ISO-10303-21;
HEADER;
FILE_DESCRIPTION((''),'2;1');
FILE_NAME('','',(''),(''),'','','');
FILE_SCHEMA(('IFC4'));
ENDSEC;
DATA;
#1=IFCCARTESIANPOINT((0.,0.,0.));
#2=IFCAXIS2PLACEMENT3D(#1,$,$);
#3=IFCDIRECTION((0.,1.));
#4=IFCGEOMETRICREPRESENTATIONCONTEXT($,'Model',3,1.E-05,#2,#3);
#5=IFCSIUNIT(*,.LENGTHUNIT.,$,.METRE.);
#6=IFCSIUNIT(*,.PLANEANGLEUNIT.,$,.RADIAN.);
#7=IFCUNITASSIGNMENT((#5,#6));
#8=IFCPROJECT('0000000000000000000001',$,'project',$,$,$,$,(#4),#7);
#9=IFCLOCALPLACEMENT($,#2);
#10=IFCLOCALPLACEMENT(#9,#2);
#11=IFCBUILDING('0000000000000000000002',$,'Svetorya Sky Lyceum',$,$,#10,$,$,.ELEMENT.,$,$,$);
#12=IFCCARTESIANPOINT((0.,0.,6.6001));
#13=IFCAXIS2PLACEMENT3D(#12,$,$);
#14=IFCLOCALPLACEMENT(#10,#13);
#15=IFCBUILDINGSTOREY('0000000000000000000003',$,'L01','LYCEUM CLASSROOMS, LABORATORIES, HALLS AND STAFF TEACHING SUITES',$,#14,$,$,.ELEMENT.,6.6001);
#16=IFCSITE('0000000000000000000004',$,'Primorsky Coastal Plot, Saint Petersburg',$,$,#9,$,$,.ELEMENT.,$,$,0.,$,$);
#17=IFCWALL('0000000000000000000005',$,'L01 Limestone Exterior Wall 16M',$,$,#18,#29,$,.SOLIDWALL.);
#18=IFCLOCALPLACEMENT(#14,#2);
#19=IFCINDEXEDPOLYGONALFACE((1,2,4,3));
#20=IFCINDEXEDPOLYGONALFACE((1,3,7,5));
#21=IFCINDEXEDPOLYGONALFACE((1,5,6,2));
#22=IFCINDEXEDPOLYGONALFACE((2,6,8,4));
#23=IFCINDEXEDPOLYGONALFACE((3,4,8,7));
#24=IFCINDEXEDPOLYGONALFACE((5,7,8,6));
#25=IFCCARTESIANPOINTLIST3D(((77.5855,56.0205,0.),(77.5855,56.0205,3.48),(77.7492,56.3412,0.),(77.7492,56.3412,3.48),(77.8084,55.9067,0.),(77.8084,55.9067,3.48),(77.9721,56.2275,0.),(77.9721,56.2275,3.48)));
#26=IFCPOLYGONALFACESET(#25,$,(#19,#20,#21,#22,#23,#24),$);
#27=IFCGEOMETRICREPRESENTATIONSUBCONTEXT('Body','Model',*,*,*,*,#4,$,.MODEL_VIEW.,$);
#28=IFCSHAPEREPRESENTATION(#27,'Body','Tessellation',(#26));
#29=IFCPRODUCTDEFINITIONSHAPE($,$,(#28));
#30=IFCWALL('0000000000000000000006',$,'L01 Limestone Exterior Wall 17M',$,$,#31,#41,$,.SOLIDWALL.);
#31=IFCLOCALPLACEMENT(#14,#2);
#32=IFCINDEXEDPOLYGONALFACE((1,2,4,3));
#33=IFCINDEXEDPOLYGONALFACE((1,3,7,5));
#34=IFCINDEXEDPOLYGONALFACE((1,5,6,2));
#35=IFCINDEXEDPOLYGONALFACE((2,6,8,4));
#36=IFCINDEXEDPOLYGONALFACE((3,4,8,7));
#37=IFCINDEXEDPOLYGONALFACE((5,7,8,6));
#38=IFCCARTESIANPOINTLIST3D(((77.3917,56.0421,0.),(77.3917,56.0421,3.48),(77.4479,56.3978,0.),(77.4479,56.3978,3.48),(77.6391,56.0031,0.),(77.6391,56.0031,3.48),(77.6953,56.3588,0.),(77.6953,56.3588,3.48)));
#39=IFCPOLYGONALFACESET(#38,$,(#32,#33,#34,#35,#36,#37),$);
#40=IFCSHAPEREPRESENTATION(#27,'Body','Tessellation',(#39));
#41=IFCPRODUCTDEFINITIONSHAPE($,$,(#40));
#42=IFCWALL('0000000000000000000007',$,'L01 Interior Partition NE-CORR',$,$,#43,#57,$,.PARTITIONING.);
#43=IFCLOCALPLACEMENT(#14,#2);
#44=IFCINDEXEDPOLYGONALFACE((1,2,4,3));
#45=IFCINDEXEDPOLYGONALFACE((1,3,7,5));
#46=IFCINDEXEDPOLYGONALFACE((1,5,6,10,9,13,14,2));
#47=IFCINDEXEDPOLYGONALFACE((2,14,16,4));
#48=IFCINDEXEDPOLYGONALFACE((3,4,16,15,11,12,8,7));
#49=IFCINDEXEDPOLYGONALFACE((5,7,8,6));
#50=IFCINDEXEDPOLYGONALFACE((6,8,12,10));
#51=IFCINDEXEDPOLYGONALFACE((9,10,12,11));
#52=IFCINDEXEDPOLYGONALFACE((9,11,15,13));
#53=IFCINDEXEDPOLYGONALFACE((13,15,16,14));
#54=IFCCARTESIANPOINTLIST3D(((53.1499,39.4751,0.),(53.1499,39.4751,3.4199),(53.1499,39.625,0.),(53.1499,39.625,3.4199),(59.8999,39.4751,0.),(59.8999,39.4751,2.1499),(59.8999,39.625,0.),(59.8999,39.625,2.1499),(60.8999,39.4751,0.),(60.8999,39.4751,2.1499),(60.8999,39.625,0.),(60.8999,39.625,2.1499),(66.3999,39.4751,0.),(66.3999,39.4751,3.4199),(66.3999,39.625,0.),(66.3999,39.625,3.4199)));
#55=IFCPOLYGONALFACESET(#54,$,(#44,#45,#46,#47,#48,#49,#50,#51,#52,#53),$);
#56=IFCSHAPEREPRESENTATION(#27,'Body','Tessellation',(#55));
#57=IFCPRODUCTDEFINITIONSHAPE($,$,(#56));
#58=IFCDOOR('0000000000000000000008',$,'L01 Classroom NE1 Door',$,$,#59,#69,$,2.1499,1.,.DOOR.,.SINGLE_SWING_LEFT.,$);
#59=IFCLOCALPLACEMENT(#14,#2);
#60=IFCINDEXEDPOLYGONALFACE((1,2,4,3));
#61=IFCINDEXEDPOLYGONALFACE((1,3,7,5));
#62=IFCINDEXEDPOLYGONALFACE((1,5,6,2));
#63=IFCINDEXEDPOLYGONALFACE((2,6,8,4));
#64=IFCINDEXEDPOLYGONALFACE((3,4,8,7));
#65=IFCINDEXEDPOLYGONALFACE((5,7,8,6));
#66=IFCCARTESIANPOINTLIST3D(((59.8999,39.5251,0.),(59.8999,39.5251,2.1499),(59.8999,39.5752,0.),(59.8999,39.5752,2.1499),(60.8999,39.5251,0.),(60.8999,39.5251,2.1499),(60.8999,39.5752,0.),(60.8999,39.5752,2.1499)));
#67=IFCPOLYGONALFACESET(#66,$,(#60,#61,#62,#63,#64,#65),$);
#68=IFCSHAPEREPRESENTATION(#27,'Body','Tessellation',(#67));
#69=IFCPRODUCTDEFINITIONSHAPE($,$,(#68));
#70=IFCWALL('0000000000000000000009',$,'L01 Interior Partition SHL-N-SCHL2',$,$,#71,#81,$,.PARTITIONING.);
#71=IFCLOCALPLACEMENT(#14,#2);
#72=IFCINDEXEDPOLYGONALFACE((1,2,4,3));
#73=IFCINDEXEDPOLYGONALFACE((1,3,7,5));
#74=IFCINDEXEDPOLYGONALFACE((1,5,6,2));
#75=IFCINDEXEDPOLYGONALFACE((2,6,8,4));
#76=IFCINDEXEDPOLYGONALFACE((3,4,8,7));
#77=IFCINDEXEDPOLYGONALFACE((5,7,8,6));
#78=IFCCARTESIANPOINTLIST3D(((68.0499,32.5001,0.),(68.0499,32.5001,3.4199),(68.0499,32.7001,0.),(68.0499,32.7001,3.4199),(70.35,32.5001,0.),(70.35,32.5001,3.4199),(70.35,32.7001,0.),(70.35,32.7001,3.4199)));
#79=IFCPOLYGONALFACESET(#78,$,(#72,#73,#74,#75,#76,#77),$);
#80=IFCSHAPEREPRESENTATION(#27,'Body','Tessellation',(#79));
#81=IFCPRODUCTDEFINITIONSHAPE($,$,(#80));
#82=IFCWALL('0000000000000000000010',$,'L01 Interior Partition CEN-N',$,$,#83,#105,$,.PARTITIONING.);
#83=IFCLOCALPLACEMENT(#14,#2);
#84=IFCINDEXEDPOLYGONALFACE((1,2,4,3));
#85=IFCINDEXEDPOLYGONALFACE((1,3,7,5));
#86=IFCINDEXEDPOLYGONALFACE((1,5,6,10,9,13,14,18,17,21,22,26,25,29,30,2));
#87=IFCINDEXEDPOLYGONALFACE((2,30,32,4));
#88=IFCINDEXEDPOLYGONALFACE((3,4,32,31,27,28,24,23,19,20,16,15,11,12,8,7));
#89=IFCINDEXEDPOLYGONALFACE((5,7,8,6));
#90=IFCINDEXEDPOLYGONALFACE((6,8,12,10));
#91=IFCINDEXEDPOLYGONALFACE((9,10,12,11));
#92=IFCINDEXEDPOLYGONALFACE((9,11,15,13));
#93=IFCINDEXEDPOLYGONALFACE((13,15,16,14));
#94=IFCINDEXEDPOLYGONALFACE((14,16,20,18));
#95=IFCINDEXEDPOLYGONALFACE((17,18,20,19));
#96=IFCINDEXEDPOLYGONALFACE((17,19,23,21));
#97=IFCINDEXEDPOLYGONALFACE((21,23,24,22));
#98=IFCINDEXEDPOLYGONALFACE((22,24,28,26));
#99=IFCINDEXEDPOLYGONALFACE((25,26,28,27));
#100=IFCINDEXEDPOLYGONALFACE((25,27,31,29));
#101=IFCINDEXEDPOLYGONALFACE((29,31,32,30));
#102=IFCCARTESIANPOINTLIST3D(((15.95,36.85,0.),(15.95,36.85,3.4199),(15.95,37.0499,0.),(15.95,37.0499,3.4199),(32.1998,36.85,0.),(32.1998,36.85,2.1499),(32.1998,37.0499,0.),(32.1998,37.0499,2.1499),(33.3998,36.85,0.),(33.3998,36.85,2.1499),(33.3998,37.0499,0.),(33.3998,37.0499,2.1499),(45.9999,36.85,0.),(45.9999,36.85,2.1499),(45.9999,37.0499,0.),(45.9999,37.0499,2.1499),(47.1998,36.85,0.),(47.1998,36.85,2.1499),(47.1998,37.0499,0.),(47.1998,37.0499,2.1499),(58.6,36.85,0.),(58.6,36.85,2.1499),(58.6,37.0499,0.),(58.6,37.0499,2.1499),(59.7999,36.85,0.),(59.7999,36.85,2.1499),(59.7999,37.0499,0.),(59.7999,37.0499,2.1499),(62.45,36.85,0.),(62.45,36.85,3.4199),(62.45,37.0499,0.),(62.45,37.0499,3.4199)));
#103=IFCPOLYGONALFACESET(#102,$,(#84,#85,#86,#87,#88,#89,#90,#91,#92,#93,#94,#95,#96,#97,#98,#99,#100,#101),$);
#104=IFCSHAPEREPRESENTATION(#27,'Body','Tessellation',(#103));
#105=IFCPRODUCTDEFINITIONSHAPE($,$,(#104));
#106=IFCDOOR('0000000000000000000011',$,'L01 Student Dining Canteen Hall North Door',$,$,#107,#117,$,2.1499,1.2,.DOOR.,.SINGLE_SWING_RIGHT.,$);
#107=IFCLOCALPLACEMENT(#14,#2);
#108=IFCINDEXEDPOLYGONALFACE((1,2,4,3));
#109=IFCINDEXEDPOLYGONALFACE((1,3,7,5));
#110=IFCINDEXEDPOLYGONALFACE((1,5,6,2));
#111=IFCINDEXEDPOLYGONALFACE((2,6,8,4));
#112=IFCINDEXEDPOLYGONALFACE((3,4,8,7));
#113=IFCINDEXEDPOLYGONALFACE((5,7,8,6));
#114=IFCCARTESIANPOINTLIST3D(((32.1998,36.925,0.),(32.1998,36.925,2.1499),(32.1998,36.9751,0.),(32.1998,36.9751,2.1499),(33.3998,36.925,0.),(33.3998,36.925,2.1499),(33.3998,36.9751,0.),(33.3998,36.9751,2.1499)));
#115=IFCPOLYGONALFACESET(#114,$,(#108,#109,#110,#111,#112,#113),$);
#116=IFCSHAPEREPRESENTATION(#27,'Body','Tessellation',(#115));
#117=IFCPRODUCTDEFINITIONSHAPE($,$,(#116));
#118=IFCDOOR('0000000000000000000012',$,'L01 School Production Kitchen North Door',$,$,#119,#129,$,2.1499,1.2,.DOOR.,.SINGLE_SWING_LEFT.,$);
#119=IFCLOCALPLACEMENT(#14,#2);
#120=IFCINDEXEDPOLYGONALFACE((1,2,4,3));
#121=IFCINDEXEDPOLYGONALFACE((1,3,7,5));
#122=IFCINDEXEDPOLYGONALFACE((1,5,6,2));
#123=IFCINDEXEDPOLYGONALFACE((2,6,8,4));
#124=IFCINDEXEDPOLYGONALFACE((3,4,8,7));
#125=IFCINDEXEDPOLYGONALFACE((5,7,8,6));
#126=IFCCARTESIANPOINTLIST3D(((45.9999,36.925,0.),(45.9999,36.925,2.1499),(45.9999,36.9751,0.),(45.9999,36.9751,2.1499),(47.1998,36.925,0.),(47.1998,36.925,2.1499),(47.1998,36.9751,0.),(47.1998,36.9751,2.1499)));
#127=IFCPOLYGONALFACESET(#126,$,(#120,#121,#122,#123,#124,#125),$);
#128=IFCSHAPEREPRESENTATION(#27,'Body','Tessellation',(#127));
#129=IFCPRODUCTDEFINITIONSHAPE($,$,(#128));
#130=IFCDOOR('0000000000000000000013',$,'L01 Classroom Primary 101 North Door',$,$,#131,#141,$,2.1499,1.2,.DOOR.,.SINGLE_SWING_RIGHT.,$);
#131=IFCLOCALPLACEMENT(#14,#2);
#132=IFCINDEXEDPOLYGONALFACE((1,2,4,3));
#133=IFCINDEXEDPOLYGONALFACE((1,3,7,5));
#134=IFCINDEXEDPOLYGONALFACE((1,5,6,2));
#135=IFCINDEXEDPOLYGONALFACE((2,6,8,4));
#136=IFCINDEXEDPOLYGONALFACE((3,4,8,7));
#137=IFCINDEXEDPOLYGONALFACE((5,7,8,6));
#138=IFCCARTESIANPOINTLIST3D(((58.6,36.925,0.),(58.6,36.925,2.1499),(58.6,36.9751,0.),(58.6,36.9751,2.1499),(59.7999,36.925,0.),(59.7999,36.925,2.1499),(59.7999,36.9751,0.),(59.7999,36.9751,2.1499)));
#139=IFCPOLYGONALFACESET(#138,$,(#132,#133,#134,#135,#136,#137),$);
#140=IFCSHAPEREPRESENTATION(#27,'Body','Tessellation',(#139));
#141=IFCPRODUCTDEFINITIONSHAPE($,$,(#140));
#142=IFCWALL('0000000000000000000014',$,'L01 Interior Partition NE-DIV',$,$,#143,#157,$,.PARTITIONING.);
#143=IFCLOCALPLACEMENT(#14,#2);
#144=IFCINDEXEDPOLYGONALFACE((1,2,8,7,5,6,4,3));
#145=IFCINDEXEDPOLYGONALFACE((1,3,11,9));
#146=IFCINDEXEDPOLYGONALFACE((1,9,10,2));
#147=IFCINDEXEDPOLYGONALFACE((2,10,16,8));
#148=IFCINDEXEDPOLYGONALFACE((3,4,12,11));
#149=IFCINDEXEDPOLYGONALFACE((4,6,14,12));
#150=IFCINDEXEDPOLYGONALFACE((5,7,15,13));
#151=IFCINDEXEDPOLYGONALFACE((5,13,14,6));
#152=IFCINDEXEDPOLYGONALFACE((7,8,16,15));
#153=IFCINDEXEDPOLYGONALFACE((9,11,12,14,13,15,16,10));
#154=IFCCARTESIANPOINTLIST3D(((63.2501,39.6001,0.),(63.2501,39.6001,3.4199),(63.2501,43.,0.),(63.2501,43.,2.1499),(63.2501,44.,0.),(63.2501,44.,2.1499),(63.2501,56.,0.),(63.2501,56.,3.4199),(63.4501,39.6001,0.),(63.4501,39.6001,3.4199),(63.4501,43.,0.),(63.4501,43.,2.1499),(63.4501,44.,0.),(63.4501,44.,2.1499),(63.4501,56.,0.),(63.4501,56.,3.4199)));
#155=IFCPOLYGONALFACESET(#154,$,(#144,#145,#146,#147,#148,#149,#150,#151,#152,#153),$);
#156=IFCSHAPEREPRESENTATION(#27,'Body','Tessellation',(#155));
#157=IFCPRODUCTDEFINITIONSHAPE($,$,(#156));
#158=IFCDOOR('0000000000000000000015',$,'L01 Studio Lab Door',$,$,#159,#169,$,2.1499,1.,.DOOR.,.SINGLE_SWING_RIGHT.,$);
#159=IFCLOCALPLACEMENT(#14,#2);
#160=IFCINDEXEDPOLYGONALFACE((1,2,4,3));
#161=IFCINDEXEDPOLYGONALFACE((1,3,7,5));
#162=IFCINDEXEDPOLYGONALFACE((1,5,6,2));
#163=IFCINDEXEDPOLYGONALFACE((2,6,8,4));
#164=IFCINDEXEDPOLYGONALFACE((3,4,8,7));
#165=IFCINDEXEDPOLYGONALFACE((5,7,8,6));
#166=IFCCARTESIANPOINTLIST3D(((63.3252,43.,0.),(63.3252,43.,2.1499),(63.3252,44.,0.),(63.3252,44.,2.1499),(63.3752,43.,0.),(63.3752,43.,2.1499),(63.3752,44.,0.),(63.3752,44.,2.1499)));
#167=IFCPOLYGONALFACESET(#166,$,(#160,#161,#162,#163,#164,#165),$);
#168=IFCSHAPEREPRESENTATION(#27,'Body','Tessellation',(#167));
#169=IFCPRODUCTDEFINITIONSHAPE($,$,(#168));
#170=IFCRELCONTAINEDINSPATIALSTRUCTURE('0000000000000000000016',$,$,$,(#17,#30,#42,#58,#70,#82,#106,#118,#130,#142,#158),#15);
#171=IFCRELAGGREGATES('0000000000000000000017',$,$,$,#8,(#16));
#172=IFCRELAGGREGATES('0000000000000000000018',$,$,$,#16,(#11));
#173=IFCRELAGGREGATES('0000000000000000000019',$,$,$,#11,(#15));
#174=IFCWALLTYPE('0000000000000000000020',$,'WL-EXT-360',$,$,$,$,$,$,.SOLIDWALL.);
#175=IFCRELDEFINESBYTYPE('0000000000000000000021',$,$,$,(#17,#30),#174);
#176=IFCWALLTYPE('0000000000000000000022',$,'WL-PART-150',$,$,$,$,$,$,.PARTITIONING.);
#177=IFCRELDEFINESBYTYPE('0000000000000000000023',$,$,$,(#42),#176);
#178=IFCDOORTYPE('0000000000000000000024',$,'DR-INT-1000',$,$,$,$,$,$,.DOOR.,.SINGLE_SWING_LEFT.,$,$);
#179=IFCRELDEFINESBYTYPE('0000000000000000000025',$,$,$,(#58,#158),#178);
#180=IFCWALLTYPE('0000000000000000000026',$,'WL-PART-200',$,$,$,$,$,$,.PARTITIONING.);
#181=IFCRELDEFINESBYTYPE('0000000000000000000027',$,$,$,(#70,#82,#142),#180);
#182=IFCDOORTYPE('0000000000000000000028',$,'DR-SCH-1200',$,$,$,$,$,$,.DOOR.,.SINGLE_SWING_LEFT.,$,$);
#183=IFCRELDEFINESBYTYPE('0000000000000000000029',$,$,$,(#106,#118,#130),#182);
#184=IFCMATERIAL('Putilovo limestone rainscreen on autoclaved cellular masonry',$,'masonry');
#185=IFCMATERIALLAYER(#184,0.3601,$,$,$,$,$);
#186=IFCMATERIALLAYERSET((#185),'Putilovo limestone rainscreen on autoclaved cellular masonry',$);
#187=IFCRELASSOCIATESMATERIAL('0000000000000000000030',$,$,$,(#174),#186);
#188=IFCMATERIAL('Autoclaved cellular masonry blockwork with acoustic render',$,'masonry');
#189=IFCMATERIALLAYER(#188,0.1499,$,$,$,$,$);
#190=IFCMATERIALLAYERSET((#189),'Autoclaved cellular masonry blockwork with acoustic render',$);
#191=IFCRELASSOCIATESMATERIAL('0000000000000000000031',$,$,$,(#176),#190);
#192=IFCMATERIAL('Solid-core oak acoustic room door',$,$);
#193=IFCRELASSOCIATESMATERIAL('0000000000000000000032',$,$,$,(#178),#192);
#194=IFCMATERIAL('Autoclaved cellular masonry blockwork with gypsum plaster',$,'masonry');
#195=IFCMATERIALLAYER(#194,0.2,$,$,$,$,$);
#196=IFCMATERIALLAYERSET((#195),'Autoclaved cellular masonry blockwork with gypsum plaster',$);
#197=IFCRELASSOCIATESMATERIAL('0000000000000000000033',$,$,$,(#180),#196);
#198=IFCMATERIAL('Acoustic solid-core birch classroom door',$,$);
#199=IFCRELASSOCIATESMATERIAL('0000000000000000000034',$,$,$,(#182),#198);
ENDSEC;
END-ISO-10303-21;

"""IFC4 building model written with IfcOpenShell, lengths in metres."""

from ifc_helpers import new_model, si_unit, direction, frame, frame_2d, origin, place, context, subcontext, project, spatial, rectangle, extrude, material, layer, layer_set, type_object, element, fill, save


model = new_model("IFC4")

# Units and contexts
model_context = context("Model", 3, precision=1e-05, world=origin(), true_north=direction((0.0, 1.0)))
body_context = subcontext(model_context, "Body", "Model", "MODEL_VIEW")
ifc_project = project(units=[si_unit("LENGTHUNIT", "METRE"), si_unit("PLANEANGLEUNIT", "RADIAN")], contexts=[model_context])

# Site, building, storey
site_placement = place(None, origin())
site = spatial("IfcSite", under=ifc_project, at=site_placement, Name="Primorsky Coastal Plot, Saint Petersburg", CompositionType="ELEMENT", RefElevation=0.0)
building_placement = place(site_placement, origin())
building = spatial("IfcBuilding", under=site, at=building_placement, Name="Svetorya Sky Lyceum", CompositionType="ELEMENT")
storey_placement = place(building_placement, frame((0.0, 0.0, 6.6001)))
storey = spatial("IfcBuildingStorey", under=building, at=storey_placement, Name="L01", Description="LYCEUM CLASSROOMS, LABORATORIES, HALLS AND STAFF TEACHING SUITES", CompositionType="ELEMENT", Elevation=6.6001)

# Walls
ifc_material_1 = material(Name="Putilovo limestone rainscreen on autoclaved cellular masonry", Category="masonry")
ifc_layer_1 = layer(ifc_material_1, 0.3601)
ifc_layer_set_1 = layer_set([ifc_layer_1], Name="Putilovo limestone rainscreen on autoclaved cellular masonry")
wall_type_1 = type_object("IfcWallType", Name="WL-EXT-360", PredefinedType="SOLIDWALL", material=ifc_layer_set_1)
for number, where, z_axis, x_axis, name in (
    (1, (77.8901, 56.0671, 0.0), (0.0, 0.0, 1.0), (-0.890689, 0.454613, 0.0), "L01 Limestone Exterior Wall 16M"),
):
    element("IfcWall", number, at=place(storey_placement, frame(where, z_axis=z_axis, x_axis=x_axis)), inside=storey, type_object=wall_type_1, Name=name, PredefinedType="SOLIDWALL", context=body_context, shape_type="SweptSolid", body=[
        extrude(rectangle(XDim=0.2502, YDim=0.3601, at=frame_2d((0.125, 0.0))), origin(), (0.0, 0.0, 1.0), 3.48),
    ])
wall_1_placement = place(storey_placement, frame((77.6672, 56.1809, 0.0), z_axis=(0.0, 0.0, 1.0), x_axis=(-0.987755, 0.156013, 0.0)))
element("IfcWall", 2, at=wall_1_placement, inside=storey, type_object=wall_type_1, Name="L01 Limestone Exterior Wall 17M", PredefinedType="SOLIDWALL", context=body_context, shape_type="SweptSolid", body=[
    extrude(rectangle(XDim=0.2505, YDim=0.3601, at=frame_2d((0.1252, 0.0))), origin(), (0.0, 0.0, 1.0), 3.48),
])

# Wall, opening, door
ifc_material_2 = material(Name="Autoclaved cellular masonry blockwork with acoustic render", Category="masonry")
ifc_layer_2 = layer(ifc_material_2, 0.1499)
ifc_layer_set_2 = layer_set([ifc_layer_2], Name="Autoclaved cellular masonry blockwork with acoustic render")
wall_type_2 = type_object("IfcWallType", Name="WL-PART-150", PredefinedType="PARTITIONING", material=ifc_layer_set_2)
wall_2_placement = place(storey_placement, frame((66.3999, 39.55, 0.0), z_axis=(0.0, 0.0, 1.0), x_axis=(-1.0, 0.0, 0.0)))
wall_2 = element("IfcWall", 3, at=wall_2_placement, inside=storey, type_object=wall_type_2, Name="L01 Interior Partition NE-CORR", PredefinedType="PARTITIONING", context=body_context, shape_type="SweptSolid", body=[
    extrude(rectangle(XDim=13.25, YDim=0.1499, at=frame_2d((6.625, 0.0))), origin(), (0.0, 0.0, 1.0), 3.4199),
])
opening_1_placement = place(wall_2_placement, frame((5.5, 0.0, 0.0)))
opening_1 = element("IfcOpeningElement", 4, at=opening_1_placement, cuts=wall_2, PredefinedType="OPENING", context=body_context, shape_type="SweptSolid", body=[
    extrude(rectangle(XDim=1.0, YDim=2.1499, at=frame_2d((0.5, 1.075))), frame((0.0, 0.085, 0.0), z_axis=(0.0, -1.0, 0.0), x_axis=(1.0, 0.0, 0.0)), (0.0, 0.0, 1.0), 0.1699),
])
ifc_material_3 = material(Name="Solid-core oak acoustic room door")
door_type_1 = type_object("IfcDoorType", Name="DR-INT-1000", OperationType="SINGLE_SWING_LEFT", PredefinedType="DOOR", material=ifc_material_3)
door_1_placement = place(opening_1_placement, origin())
door_1 = element("IfcDoor", 5, at=door_1_placement, inside=storey, type_object=door_type_1, Name="L01 Classroom NE1 Door", OperationType="SINGLE_SWING_LEFT", OverallHeight=2.1499, OverallWidth=1.0, PredefinedType="DOOR", context=body_context, shape_type="SweptSolid", body=[
    extrude(rectangle(XDim=1.0, YDim=2.1499, at=frame_2d((0.5, 1.075))), frame((0.0, 0.0249, 0.0), z_axis=(0.0, -1.0, 0.0), x_axis=(1.0, 0.0, 0.0)), (0.0, 0.0, 1.0), 0.05),
])
fill(opening_1, door_1)

# Wall
ifc_material_4 = material(Name="Autoclaved cellular masonry blockwork with gypsum plaster", Category="masonry")
ifc_layer_3 = layer(ifc_material_4, 0.2)
ifc_layer_set_3 = layer_set([ifc_layer_3], Name="Autoclaved cellular masonry blockwork with gypsum plaster")
wall_type_3 = type_object("IfcWallType", Name="WL-PART-200", PredefinedType="PARTITIONING", material=ifc_layer_set_3)
wall_3_placement = place(storey_placement, frame((68.05, 32.6001, 0.0), z_axis=(0.0, 0.0, 1.0), x_axis=(1.0, 0.0, 0.0)))
element("IfcWall", 6, at=wall_3_placement, inside=storey, type_object=wall_type_3, Name="L01 Interior Partition SHL-N-SCHL2", PredefinedType="PARTITIONING", context=body_context, shape_type="SweptSolid", body=[
    extrude(rectangle(XDim=2.3, YDim=0.2, at=frame_2d((1.1499, 0.0))), origin(), (0.0, 0.0, 1.0), 3.4199),
])

# Wall, openings, doors
wall_4_placement = place(storey_placement, frame((62.45, 36.95, 0.0), z_axis=(0.0, 0.0, 1.0), x_axis=(-1.0, 0.0, 0.0)))
wall_4 = element("IfcWall", 7, at=wall_4_placement, inside=storey, type_object=wall_type_3, Name="L01 Interior Partition CEN-N", PredefinedType="PARTITIONING", context=body_context, shape_type="SweptSolid", body=[
    extrude(rectangle(XDim=46.5, YDim=0.2, at=frame_2d((23.25, 0.0))), origin(), (0.0, 0.0, 1.0), 3.4199),
])
opening_2_placement = place(wall_4_placement, frame((29.05, 0.0, 0.0)))
opening_2 = element("IfcOpeningElement", 8, at=opening_2_placement, cuts=wall_4, PredefinedType="OPENING", context=body_context, shape_type="SweptSolid", body=[
    extrude(rectangle(XDim=1.2, YDim=2.1499, at=frame_2d((0.6001, 1.075))), frame((0.0, 0.1099, 0.0), z_axis=(0.0, -1.0, 0.0), x_axis=(1.0, 0.0, 0.0)), (0.0, 0.0, 1.0), 0.22),
])
opening_3_placement = place(wall_4_placement, frame((15.25, 0.0, 0.0)))
opening_3 = element("IfcOpeningElement", 9, at=opening_3_placement, cuts=wall_4, PredefinedType="OPENING", context=body_context, shape_type="SweptSolid", body=[
    extrude(rectangle(XDim=1.2, YDim=2.1499, at=frame_2d((0.6001, 1.075))), frame((0.0, 0.1099, 0.0), z_axis=(0.0, -1.0, 0.0), x_axis=(1.0, 0.0, 0.0)), (0.0, 0.0, 1.0), 0.22),
])
opening_4_placement = place(wall_4_placement, frame((2.6499, 0.0, 0.0)))
opening_4 = element("IfcOpeningElement", 10, at=opening_4_placement, cuts=wall_4, PredefinedType="OPENING", context=body_context, shape_type="SweptSolid", body=[
    extrude(rectangle(XDim=1.2, YDim=2.1499, at=frame_2d((0.6001, 1.075))), frame((0.0, 0.1099, 0.0), z_axis=(0.0, -1.0, 0.0), x_axis=(1.0, 0.0, 0.0)), (0.0, 0.0, 1.0), 0.22),
])
ifc_material_5 = material(Name="Acoustic solid-core birch classroom door")
door_type_2 = type_object("IfcDoorType", Name="DR-SCH-1200", OperationType="SINGLE_SWING_LEFT", PredefinedType="DOOR", material=ifc_material_5)
door_2_placement = place(opening_2_placement, origin())
door_2 = element("IfcDoor", 11, at=door_2_placement, inside=storey, type_object=door_type_2, Name="L01 Student Dining Canteen Hall North Door", OperationType="SINGLE_SWING_RIGHT", OverallHeight=2.1499, OverallWidth=1.2, PredefinedType="DOOR", context=body_context, shape_type="SweptSolid", body=[
    extrude(rectangle(XDim=1.2, YDim=2.1499, at=frame_2d((0.6001, 1.075))), frame((0.0, 0.0249, 0.0), z_axis=(0.0, -1.0, 0.0), x_axis=(1.0, 0.0, 0.0)), (0.0, 0.0, 1.0), 0.05),
])
fill(opening_2, door_2)
door_3_placement = place(opening_3_placement, origin())
door_3 = element("IfcDoor", 12, at=door_3_placement, inside=storey, type_object=door_type_2, Name="L01 School Production Kitchen North Door", OperationType="SINGLE_SWING_LEFT", OverallHeight=2.1499, OverallWidth=1.2, PredefinedType="DOOR", context=body_context, shape_type="SweptSolid", body=[
    extrude(rectangle(XDim=1.2, YDim=2.1499, at=frame_2d((0.6001, 1.075))), frame((0.0, 0.0249, 0.0), z_axis=(0.0, -1.0, 0.0), x_axis=(1.0, 0.0, 0.0)), (0.0, 0.0, 1.0), 0.05),
])
fill(opening_3, door_3)
door_4_placement = place(opening_4_placement, origin())
door_4 = element("IfcDoor", 13, at=door_4_placement, inside=storey, type_object=door_type_2, Name="L01 Classroom Primary 101 North Door", OperationType="SINGLE_SWING_RIGHT", OverallHeight=2.1499, OverallWidth=1.2, PredefinedType="DOOR", context=body_context, shape_type="SweptSolid", body=[
    extrude(rectangle(XDim=1.2, YDim=2.1499, at=frame_2d((0.6001, 1.075))), frame((0.0, 0.0249, 0.0), z_axis=(0.0, -1.0, 0.0), x_axis=(1.0, 0.0, 0.0)), (0.0, 0.0, 1.0), 0.05),
])
fill(opening_4, door_4)

# Wall, opening, door
wall_5_placement = place(storey_placement, frame((63.3501, 39.6001, 0.0), z_axis=(0.0, 0.0, 1.0), x_axis=(0.0, 1.0, 0.0)))
wall_5 = element("IfcWall", 14, at=wall_5_placement, inside=storey, type_object=wall_type_3, Name="L01 Interior Partition NE-DIV", PredefinedType="PARTITIONING", context=body_context, shape_type="SweptSolid", body=[
    extrude(rectangle(XDim=16.3999, YDim=0.2, at=frame_2d((8.2, 0.0))), origin(), (0.0, 0.0, 1.0), 3.4199),
])
opening_5_placement = place(wall_5_placement, frame((3.3999, 0.0, 0.0)))
opening_5 = element("IfcOpeningElement", 15, at=opening_5_placement, cuts=wall_5, PredefinedType="OPENING", context=body_context, shape_type="SweptSolid", body=[
    extrude(rectangle(XDim=1.0, YDim=2.1499, at=frame_2d((0.5, 1.075))), frame((0.0, 0.1099, 0.0), z_axis=(0.0, -1.0, 0.0), x_axis=(1.0, 0.0, 0.0)), (0.0, 0.0, 1.0), 0.22),
])
door_5_placement = place(opening_5_placement, origin())
door_5 = element("IfcDoor", 16, at=door_5_placement, inside=storey, type_object=door_type_1, Name="L01 Studio Lab Door", OperationType="SINGLE_SWING_RIGHT", OverallHeight=2.1499, OverallWidth=1.0, PredefinedType="DOOR", context=body_context, shape_type="SweptSolid", body=[
    extrude(rectangle(XDim=1.0, YDim=2.1499, at=frame_2d((0.5, 1.075))), frame((0.0, 0.0249, 0.0), z_axis=(0.0, -1.0, 0.0), x_axis=(1.0, 0.0, 0.0)), (0.0, 0.0, 1.0), 0.05),
])
fill(opening_5, door_5)

save(model, "model.ifc")
